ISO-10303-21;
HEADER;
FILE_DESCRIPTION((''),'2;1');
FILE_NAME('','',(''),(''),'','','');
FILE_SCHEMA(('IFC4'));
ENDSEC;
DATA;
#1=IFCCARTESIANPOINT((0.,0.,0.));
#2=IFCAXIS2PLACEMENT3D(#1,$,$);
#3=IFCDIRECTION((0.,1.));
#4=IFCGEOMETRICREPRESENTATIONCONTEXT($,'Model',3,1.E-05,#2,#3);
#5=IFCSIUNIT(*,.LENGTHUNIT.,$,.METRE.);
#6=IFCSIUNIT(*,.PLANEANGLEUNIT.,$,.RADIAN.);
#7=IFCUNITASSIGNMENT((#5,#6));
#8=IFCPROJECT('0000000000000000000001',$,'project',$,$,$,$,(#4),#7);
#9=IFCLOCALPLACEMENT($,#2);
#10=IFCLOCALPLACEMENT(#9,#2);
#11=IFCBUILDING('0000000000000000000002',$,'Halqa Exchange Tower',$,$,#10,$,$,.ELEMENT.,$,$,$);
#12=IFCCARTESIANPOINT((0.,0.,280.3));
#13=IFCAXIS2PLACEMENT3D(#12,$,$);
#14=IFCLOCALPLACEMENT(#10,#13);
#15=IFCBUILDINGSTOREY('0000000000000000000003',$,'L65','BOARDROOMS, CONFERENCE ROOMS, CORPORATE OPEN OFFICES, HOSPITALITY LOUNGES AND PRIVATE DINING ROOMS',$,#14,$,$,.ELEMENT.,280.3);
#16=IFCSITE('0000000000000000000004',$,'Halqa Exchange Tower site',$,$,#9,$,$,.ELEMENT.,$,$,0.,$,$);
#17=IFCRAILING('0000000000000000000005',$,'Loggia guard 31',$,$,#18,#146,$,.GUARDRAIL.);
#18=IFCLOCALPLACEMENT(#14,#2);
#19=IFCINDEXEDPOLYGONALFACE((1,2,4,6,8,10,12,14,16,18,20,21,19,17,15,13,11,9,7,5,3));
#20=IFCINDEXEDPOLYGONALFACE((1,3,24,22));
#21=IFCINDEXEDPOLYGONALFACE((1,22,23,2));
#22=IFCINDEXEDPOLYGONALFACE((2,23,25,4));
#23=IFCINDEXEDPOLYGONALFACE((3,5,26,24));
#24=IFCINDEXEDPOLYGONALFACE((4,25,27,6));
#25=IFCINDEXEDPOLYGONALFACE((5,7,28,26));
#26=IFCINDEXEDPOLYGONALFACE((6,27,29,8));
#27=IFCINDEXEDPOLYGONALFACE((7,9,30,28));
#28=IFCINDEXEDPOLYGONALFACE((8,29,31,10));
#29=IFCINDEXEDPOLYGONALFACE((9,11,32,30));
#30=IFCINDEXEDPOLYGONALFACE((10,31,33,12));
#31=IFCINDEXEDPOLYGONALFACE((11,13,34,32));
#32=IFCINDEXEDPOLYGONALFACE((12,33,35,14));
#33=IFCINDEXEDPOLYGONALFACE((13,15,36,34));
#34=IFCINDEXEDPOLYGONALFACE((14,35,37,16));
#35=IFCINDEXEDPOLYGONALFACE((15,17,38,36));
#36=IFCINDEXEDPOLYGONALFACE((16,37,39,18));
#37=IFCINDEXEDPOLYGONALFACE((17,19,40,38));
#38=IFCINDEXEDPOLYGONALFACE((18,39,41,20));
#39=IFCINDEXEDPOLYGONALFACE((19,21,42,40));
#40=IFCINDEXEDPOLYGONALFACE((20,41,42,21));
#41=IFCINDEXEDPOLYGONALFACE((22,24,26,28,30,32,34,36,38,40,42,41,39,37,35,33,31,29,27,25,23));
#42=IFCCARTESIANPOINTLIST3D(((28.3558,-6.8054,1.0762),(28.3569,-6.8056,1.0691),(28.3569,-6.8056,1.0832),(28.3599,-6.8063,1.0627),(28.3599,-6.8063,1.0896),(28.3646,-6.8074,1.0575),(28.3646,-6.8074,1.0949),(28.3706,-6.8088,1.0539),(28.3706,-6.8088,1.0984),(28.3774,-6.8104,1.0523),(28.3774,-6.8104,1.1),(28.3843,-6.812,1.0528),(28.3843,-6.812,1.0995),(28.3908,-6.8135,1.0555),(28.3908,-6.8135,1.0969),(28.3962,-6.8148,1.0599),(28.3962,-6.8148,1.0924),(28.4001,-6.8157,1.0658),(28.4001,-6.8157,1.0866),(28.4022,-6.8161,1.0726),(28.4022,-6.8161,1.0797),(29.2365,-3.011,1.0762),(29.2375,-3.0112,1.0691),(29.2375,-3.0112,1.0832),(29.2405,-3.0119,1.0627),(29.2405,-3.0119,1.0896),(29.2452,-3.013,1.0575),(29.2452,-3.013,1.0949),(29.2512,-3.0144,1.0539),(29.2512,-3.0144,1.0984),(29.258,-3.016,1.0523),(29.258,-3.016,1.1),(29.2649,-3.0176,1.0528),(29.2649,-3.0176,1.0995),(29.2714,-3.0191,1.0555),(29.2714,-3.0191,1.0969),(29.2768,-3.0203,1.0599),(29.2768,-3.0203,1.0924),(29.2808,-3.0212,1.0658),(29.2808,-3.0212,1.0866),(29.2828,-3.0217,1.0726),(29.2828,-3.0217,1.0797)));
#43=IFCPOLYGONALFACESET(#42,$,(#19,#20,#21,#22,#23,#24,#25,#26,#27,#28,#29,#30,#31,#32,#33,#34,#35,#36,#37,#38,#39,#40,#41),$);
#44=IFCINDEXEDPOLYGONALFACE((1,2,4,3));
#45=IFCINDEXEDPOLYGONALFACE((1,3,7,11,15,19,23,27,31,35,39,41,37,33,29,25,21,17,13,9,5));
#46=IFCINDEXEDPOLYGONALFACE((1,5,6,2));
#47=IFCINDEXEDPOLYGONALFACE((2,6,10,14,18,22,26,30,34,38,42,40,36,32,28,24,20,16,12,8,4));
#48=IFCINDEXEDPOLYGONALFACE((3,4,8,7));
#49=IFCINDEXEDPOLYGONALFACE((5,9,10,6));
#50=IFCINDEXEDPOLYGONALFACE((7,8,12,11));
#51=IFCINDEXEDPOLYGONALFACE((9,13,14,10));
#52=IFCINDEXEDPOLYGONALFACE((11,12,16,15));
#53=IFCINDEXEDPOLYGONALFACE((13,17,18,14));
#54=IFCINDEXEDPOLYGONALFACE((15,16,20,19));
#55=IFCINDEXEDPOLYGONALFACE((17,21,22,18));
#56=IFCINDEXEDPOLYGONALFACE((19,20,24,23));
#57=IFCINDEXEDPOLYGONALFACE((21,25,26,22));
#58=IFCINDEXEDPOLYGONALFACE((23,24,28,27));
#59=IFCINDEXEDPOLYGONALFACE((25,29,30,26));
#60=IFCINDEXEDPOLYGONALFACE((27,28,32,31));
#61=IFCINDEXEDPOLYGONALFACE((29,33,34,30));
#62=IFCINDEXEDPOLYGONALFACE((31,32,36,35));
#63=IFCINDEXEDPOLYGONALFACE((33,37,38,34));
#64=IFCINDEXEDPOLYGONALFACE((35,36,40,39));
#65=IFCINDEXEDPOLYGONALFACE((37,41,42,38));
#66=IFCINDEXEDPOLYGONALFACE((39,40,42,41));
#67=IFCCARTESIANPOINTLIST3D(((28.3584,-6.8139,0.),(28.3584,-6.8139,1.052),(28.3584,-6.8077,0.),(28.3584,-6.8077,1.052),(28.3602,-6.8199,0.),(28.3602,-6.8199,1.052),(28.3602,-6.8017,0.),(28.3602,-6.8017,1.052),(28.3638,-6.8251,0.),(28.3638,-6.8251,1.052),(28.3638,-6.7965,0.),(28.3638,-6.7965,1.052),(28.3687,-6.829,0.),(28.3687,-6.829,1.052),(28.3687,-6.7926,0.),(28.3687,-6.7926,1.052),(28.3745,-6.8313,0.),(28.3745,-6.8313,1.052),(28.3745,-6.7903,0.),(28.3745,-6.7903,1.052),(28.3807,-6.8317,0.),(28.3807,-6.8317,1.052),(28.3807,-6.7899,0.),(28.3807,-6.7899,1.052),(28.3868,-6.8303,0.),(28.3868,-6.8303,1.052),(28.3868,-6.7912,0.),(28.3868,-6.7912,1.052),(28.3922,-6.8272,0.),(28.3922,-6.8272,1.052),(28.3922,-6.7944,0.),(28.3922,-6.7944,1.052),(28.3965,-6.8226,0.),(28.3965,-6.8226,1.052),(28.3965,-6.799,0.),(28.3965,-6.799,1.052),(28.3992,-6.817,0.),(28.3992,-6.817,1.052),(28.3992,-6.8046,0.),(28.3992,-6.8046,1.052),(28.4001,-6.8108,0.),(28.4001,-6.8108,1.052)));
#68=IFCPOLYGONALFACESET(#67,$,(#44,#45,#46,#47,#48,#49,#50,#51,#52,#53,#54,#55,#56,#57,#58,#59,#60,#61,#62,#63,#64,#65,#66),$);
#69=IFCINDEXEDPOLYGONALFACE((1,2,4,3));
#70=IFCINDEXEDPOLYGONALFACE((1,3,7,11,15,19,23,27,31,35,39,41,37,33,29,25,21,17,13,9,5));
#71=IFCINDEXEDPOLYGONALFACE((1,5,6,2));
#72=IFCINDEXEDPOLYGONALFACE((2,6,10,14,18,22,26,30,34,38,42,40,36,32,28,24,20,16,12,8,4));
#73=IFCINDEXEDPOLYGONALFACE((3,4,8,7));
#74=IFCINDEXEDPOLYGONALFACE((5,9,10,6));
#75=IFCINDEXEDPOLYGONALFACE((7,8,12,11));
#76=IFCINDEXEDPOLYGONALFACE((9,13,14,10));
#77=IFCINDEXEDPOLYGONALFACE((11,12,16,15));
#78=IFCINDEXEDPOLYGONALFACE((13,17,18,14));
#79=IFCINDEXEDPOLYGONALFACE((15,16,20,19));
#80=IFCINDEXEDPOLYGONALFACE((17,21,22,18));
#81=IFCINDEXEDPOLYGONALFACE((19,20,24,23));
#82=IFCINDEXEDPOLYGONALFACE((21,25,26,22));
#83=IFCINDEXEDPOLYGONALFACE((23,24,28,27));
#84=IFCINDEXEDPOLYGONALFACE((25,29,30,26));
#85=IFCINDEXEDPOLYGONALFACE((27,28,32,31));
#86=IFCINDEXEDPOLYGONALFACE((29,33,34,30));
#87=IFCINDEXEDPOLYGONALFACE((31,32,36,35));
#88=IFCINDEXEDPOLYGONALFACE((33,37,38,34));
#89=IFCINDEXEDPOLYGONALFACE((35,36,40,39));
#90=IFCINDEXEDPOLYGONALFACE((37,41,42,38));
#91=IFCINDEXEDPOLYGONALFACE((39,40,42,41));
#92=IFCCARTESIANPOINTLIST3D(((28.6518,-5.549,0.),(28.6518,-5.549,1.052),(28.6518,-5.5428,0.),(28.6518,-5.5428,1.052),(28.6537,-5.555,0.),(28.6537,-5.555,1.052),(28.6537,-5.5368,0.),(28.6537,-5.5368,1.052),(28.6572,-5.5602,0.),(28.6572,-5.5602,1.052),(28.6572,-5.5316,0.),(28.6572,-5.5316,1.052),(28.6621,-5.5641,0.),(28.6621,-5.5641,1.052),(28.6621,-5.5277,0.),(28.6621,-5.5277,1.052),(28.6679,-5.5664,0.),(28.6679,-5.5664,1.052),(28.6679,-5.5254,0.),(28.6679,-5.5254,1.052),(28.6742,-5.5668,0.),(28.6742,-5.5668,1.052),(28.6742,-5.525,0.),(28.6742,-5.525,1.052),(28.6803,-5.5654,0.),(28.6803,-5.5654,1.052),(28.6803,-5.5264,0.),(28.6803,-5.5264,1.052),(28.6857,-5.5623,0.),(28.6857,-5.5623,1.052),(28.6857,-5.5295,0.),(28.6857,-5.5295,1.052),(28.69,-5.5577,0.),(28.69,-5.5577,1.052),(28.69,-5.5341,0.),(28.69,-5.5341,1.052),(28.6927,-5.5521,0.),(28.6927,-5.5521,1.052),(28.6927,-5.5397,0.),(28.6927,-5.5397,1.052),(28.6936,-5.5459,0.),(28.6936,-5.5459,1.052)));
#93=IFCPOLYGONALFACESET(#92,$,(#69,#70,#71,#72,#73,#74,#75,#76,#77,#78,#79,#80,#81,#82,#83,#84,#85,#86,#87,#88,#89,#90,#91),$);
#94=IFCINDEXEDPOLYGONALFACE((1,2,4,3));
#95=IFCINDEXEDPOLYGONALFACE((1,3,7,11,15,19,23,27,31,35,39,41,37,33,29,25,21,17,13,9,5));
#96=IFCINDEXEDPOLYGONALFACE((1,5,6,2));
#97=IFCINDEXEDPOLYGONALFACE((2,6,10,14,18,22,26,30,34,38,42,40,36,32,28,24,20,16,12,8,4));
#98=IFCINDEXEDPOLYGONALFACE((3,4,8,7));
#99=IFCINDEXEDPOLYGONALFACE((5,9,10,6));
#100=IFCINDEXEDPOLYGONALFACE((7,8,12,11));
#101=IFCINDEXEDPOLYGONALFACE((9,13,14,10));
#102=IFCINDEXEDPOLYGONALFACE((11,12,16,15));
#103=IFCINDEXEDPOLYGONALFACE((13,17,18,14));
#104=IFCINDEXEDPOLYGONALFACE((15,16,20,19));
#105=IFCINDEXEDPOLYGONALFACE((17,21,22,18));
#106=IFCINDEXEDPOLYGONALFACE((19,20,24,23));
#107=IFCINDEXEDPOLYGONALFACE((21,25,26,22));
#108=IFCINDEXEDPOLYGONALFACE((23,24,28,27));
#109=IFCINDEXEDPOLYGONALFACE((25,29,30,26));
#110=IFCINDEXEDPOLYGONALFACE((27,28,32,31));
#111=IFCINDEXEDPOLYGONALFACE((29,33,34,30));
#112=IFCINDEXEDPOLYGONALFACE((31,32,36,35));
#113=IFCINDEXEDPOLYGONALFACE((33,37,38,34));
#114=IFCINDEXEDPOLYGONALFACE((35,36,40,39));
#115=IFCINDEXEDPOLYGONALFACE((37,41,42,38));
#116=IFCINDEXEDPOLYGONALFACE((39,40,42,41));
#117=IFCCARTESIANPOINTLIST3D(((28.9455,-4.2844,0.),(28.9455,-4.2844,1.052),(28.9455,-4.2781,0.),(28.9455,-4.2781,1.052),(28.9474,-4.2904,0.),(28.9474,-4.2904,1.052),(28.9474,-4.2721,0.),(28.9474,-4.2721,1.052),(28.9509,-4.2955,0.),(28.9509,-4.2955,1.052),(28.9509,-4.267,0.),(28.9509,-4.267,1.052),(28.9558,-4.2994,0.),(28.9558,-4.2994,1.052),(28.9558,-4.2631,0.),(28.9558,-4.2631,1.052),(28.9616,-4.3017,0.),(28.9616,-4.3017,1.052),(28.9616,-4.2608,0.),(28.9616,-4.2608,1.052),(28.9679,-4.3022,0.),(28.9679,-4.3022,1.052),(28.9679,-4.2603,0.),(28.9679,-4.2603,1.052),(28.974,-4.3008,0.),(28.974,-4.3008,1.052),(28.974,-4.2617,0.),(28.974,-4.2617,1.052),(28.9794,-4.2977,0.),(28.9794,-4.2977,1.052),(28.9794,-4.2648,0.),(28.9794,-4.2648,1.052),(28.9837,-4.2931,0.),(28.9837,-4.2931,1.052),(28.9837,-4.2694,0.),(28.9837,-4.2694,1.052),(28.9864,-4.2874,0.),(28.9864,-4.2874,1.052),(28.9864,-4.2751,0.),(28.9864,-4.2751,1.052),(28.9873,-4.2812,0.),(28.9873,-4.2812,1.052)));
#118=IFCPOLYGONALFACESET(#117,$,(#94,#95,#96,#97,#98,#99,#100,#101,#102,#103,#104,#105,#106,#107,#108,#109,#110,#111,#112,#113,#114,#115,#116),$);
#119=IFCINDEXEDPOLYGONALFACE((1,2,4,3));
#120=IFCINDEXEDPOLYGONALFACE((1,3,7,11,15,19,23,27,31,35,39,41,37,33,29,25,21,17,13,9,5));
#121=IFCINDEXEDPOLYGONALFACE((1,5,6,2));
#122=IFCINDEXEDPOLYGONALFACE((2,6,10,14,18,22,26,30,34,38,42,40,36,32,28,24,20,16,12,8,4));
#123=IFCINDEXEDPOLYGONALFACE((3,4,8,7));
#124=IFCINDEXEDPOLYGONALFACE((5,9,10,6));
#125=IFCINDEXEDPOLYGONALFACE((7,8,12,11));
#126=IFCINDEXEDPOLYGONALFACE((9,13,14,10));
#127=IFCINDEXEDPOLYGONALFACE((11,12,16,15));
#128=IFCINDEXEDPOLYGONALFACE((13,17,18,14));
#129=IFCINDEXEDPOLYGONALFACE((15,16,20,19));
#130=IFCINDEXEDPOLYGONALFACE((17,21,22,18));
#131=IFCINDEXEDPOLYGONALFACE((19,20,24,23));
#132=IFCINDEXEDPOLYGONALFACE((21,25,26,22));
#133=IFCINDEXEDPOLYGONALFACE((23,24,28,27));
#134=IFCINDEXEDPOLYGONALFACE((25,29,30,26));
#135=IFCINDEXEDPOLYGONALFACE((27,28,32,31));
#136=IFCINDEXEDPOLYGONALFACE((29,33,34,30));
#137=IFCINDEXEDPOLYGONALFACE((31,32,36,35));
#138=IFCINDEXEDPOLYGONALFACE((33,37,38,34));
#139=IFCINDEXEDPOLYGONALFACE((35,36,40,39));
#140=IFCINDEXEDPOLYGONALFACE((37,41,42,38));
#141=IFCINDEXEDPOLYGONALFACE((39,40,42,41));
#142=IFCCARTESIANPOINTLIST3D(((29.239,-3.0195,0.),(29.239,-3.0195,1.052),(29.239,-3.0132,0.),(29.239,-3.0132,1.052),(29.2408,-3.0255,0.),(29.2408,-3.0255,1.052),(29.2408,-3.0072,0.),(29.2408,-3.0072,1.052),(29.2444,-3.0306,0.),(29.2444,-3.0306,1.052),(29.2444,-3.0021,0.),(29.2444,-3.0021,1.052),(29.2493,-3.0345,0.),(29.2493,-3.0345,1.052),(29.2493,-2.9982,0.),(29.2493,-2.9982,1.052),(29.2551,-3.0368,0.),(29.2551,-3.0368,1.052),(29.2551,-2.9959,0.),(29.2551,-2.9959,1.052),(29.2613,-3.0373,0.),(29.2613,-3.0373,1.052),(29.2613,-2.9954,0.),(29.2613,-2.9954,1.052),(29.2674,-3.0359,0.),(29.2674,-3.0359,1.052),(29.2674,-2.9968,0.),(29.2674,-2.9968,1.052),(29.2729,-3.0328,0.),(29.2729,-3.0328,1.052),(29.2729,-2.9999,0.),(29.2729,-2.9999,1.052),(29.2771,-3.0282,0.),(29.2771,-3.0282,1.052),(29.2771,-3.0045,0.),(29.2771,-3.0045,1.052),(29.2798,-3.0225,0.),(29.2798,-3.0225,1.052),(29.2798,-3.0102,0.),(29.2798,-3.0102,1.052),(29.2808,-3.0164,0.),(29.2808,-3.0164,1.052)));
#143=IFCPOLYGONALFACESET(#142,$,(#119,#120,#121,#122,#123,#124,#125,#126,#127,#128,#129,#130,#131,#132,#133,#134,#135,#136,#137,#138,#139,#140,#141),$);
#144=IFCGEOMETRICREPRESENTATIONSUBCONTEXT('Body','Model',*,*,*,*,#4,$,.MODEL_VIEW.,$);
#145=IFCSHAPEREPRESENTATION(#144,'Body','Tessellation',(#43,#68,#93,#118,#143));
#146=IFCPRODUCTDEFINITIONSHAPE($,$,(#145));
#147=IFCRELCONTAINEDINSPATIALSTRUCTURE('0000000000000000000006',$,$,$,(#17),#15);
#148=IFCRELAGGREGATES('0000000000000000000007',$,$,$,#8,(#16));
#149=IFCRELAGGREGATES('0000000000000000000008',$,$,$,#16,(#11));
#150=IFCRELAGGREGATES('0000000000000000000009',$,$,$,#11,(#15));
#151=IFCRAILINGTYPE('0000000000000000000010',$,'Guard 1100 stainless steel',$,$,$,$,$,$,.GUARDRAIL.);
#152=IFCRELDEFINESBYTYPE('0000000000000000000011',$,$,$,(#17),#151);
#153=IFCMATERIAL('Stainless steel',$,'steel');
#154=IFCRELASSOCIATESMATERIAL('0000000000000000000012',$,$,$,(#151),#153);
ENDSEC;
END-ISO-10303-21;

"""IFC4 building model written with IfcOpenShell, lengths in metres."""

from ifc_helpers import new_model, si_unit, direction, frame, origin, origin_2d, place, context, subcontext, project, spatial, circle, extrude, material, type_object, element, save


model = new_model("IFC4")

# Units and contexts
model_context = context("Model", 3, precision=1e-05, world=origin(), true_north=direction((0.0, 1.0)))
body_context = subcontext(model_context, "Body", "Model", "MODEL_VIEW")
ifc_project = project(units=[si_unit("LENGTHUNIT", "METRE"), si_unit("PLANEANGLEUNIT", "RADIAN")], contexts=[model_context])

# Site, building, storey
site_placement = place(None, origin())
site = spatial("IfcSite", under=ifc_project, at=site_placement, Name="Halqa Exchange Tower site", CompositionType="ELEMENT", RefElevation=0.0)
building_placement = place(site_placement, origin())
building = spatial("IfcBuilding", under=site, at=building_placement, Name="Halqa Exchange Tower", CompositionType="ELEMENT")
storey_placement = place(building_placement, frame((0.0, 0.0, 280.3)))
storey = spatial("IfcBuildingStorey", under=building, at=storey_placement, Name="L65", Description="BOARDROOMS, CONFERENCE ROOMS, CORPORATE OPEN OFFICES, HOSPITALITY LOUNGES AND PRIVATE DINING ROOMS", CompositionType="ELEMENT", Elevation=280.3)

# Railing
ifc_material_1 = material(Name="Stainless steel", Category="steel")
railing_type = type_object("IfcRailingType", Name="Guard 1100 stainless steel", PredefinedType="GUARDRAIL", material=ifc_material_1)
railing_1_placement = place(storey_placement, frame((28.3792, -6.8108, 0.0)))
element("IfcRailing", 1, at=railing_1_placement, inside=storey, type_object=railing_type, Name="Loggia guard 31", PredefinedType="GUARDRAIL", context=body_context, shape_type="SweptSolid", body=[
    extrude(circle(Radius=0.0239, at=origin_2d()), frame((0.0, 0.0, 1.0762), z_axis=(0.226072, 0.974111, 0.0), x_axis=(-0.974111, 0.226072, 0.0)), (0.0, 0.0, 1.0), 3.8953),
    extrude(circle(Radius=0.021, at=origin_2d()), origin(), (0.0, 0.0, 1.0), 1.052),
    extrude(circle(Radius=0.021, at=origin_2d()), frame((0.2935, 1.2649, 0.0)), (0.0, 0.0, 1.0), 1.052),
    extrude(circle(Radius=0.021, at=origin_2d()), frame((0.5872, 2.5295, 0.0)), (0.0, 0.0, 1.0), 1.052),
    extrude(circle(Radius=0.021, at=origin_2d()), frame((0.8806, 3.7944, 0.0)), (0.0, 0.0, 1.0), 1.052),
])

save(model, "model.ifc")
